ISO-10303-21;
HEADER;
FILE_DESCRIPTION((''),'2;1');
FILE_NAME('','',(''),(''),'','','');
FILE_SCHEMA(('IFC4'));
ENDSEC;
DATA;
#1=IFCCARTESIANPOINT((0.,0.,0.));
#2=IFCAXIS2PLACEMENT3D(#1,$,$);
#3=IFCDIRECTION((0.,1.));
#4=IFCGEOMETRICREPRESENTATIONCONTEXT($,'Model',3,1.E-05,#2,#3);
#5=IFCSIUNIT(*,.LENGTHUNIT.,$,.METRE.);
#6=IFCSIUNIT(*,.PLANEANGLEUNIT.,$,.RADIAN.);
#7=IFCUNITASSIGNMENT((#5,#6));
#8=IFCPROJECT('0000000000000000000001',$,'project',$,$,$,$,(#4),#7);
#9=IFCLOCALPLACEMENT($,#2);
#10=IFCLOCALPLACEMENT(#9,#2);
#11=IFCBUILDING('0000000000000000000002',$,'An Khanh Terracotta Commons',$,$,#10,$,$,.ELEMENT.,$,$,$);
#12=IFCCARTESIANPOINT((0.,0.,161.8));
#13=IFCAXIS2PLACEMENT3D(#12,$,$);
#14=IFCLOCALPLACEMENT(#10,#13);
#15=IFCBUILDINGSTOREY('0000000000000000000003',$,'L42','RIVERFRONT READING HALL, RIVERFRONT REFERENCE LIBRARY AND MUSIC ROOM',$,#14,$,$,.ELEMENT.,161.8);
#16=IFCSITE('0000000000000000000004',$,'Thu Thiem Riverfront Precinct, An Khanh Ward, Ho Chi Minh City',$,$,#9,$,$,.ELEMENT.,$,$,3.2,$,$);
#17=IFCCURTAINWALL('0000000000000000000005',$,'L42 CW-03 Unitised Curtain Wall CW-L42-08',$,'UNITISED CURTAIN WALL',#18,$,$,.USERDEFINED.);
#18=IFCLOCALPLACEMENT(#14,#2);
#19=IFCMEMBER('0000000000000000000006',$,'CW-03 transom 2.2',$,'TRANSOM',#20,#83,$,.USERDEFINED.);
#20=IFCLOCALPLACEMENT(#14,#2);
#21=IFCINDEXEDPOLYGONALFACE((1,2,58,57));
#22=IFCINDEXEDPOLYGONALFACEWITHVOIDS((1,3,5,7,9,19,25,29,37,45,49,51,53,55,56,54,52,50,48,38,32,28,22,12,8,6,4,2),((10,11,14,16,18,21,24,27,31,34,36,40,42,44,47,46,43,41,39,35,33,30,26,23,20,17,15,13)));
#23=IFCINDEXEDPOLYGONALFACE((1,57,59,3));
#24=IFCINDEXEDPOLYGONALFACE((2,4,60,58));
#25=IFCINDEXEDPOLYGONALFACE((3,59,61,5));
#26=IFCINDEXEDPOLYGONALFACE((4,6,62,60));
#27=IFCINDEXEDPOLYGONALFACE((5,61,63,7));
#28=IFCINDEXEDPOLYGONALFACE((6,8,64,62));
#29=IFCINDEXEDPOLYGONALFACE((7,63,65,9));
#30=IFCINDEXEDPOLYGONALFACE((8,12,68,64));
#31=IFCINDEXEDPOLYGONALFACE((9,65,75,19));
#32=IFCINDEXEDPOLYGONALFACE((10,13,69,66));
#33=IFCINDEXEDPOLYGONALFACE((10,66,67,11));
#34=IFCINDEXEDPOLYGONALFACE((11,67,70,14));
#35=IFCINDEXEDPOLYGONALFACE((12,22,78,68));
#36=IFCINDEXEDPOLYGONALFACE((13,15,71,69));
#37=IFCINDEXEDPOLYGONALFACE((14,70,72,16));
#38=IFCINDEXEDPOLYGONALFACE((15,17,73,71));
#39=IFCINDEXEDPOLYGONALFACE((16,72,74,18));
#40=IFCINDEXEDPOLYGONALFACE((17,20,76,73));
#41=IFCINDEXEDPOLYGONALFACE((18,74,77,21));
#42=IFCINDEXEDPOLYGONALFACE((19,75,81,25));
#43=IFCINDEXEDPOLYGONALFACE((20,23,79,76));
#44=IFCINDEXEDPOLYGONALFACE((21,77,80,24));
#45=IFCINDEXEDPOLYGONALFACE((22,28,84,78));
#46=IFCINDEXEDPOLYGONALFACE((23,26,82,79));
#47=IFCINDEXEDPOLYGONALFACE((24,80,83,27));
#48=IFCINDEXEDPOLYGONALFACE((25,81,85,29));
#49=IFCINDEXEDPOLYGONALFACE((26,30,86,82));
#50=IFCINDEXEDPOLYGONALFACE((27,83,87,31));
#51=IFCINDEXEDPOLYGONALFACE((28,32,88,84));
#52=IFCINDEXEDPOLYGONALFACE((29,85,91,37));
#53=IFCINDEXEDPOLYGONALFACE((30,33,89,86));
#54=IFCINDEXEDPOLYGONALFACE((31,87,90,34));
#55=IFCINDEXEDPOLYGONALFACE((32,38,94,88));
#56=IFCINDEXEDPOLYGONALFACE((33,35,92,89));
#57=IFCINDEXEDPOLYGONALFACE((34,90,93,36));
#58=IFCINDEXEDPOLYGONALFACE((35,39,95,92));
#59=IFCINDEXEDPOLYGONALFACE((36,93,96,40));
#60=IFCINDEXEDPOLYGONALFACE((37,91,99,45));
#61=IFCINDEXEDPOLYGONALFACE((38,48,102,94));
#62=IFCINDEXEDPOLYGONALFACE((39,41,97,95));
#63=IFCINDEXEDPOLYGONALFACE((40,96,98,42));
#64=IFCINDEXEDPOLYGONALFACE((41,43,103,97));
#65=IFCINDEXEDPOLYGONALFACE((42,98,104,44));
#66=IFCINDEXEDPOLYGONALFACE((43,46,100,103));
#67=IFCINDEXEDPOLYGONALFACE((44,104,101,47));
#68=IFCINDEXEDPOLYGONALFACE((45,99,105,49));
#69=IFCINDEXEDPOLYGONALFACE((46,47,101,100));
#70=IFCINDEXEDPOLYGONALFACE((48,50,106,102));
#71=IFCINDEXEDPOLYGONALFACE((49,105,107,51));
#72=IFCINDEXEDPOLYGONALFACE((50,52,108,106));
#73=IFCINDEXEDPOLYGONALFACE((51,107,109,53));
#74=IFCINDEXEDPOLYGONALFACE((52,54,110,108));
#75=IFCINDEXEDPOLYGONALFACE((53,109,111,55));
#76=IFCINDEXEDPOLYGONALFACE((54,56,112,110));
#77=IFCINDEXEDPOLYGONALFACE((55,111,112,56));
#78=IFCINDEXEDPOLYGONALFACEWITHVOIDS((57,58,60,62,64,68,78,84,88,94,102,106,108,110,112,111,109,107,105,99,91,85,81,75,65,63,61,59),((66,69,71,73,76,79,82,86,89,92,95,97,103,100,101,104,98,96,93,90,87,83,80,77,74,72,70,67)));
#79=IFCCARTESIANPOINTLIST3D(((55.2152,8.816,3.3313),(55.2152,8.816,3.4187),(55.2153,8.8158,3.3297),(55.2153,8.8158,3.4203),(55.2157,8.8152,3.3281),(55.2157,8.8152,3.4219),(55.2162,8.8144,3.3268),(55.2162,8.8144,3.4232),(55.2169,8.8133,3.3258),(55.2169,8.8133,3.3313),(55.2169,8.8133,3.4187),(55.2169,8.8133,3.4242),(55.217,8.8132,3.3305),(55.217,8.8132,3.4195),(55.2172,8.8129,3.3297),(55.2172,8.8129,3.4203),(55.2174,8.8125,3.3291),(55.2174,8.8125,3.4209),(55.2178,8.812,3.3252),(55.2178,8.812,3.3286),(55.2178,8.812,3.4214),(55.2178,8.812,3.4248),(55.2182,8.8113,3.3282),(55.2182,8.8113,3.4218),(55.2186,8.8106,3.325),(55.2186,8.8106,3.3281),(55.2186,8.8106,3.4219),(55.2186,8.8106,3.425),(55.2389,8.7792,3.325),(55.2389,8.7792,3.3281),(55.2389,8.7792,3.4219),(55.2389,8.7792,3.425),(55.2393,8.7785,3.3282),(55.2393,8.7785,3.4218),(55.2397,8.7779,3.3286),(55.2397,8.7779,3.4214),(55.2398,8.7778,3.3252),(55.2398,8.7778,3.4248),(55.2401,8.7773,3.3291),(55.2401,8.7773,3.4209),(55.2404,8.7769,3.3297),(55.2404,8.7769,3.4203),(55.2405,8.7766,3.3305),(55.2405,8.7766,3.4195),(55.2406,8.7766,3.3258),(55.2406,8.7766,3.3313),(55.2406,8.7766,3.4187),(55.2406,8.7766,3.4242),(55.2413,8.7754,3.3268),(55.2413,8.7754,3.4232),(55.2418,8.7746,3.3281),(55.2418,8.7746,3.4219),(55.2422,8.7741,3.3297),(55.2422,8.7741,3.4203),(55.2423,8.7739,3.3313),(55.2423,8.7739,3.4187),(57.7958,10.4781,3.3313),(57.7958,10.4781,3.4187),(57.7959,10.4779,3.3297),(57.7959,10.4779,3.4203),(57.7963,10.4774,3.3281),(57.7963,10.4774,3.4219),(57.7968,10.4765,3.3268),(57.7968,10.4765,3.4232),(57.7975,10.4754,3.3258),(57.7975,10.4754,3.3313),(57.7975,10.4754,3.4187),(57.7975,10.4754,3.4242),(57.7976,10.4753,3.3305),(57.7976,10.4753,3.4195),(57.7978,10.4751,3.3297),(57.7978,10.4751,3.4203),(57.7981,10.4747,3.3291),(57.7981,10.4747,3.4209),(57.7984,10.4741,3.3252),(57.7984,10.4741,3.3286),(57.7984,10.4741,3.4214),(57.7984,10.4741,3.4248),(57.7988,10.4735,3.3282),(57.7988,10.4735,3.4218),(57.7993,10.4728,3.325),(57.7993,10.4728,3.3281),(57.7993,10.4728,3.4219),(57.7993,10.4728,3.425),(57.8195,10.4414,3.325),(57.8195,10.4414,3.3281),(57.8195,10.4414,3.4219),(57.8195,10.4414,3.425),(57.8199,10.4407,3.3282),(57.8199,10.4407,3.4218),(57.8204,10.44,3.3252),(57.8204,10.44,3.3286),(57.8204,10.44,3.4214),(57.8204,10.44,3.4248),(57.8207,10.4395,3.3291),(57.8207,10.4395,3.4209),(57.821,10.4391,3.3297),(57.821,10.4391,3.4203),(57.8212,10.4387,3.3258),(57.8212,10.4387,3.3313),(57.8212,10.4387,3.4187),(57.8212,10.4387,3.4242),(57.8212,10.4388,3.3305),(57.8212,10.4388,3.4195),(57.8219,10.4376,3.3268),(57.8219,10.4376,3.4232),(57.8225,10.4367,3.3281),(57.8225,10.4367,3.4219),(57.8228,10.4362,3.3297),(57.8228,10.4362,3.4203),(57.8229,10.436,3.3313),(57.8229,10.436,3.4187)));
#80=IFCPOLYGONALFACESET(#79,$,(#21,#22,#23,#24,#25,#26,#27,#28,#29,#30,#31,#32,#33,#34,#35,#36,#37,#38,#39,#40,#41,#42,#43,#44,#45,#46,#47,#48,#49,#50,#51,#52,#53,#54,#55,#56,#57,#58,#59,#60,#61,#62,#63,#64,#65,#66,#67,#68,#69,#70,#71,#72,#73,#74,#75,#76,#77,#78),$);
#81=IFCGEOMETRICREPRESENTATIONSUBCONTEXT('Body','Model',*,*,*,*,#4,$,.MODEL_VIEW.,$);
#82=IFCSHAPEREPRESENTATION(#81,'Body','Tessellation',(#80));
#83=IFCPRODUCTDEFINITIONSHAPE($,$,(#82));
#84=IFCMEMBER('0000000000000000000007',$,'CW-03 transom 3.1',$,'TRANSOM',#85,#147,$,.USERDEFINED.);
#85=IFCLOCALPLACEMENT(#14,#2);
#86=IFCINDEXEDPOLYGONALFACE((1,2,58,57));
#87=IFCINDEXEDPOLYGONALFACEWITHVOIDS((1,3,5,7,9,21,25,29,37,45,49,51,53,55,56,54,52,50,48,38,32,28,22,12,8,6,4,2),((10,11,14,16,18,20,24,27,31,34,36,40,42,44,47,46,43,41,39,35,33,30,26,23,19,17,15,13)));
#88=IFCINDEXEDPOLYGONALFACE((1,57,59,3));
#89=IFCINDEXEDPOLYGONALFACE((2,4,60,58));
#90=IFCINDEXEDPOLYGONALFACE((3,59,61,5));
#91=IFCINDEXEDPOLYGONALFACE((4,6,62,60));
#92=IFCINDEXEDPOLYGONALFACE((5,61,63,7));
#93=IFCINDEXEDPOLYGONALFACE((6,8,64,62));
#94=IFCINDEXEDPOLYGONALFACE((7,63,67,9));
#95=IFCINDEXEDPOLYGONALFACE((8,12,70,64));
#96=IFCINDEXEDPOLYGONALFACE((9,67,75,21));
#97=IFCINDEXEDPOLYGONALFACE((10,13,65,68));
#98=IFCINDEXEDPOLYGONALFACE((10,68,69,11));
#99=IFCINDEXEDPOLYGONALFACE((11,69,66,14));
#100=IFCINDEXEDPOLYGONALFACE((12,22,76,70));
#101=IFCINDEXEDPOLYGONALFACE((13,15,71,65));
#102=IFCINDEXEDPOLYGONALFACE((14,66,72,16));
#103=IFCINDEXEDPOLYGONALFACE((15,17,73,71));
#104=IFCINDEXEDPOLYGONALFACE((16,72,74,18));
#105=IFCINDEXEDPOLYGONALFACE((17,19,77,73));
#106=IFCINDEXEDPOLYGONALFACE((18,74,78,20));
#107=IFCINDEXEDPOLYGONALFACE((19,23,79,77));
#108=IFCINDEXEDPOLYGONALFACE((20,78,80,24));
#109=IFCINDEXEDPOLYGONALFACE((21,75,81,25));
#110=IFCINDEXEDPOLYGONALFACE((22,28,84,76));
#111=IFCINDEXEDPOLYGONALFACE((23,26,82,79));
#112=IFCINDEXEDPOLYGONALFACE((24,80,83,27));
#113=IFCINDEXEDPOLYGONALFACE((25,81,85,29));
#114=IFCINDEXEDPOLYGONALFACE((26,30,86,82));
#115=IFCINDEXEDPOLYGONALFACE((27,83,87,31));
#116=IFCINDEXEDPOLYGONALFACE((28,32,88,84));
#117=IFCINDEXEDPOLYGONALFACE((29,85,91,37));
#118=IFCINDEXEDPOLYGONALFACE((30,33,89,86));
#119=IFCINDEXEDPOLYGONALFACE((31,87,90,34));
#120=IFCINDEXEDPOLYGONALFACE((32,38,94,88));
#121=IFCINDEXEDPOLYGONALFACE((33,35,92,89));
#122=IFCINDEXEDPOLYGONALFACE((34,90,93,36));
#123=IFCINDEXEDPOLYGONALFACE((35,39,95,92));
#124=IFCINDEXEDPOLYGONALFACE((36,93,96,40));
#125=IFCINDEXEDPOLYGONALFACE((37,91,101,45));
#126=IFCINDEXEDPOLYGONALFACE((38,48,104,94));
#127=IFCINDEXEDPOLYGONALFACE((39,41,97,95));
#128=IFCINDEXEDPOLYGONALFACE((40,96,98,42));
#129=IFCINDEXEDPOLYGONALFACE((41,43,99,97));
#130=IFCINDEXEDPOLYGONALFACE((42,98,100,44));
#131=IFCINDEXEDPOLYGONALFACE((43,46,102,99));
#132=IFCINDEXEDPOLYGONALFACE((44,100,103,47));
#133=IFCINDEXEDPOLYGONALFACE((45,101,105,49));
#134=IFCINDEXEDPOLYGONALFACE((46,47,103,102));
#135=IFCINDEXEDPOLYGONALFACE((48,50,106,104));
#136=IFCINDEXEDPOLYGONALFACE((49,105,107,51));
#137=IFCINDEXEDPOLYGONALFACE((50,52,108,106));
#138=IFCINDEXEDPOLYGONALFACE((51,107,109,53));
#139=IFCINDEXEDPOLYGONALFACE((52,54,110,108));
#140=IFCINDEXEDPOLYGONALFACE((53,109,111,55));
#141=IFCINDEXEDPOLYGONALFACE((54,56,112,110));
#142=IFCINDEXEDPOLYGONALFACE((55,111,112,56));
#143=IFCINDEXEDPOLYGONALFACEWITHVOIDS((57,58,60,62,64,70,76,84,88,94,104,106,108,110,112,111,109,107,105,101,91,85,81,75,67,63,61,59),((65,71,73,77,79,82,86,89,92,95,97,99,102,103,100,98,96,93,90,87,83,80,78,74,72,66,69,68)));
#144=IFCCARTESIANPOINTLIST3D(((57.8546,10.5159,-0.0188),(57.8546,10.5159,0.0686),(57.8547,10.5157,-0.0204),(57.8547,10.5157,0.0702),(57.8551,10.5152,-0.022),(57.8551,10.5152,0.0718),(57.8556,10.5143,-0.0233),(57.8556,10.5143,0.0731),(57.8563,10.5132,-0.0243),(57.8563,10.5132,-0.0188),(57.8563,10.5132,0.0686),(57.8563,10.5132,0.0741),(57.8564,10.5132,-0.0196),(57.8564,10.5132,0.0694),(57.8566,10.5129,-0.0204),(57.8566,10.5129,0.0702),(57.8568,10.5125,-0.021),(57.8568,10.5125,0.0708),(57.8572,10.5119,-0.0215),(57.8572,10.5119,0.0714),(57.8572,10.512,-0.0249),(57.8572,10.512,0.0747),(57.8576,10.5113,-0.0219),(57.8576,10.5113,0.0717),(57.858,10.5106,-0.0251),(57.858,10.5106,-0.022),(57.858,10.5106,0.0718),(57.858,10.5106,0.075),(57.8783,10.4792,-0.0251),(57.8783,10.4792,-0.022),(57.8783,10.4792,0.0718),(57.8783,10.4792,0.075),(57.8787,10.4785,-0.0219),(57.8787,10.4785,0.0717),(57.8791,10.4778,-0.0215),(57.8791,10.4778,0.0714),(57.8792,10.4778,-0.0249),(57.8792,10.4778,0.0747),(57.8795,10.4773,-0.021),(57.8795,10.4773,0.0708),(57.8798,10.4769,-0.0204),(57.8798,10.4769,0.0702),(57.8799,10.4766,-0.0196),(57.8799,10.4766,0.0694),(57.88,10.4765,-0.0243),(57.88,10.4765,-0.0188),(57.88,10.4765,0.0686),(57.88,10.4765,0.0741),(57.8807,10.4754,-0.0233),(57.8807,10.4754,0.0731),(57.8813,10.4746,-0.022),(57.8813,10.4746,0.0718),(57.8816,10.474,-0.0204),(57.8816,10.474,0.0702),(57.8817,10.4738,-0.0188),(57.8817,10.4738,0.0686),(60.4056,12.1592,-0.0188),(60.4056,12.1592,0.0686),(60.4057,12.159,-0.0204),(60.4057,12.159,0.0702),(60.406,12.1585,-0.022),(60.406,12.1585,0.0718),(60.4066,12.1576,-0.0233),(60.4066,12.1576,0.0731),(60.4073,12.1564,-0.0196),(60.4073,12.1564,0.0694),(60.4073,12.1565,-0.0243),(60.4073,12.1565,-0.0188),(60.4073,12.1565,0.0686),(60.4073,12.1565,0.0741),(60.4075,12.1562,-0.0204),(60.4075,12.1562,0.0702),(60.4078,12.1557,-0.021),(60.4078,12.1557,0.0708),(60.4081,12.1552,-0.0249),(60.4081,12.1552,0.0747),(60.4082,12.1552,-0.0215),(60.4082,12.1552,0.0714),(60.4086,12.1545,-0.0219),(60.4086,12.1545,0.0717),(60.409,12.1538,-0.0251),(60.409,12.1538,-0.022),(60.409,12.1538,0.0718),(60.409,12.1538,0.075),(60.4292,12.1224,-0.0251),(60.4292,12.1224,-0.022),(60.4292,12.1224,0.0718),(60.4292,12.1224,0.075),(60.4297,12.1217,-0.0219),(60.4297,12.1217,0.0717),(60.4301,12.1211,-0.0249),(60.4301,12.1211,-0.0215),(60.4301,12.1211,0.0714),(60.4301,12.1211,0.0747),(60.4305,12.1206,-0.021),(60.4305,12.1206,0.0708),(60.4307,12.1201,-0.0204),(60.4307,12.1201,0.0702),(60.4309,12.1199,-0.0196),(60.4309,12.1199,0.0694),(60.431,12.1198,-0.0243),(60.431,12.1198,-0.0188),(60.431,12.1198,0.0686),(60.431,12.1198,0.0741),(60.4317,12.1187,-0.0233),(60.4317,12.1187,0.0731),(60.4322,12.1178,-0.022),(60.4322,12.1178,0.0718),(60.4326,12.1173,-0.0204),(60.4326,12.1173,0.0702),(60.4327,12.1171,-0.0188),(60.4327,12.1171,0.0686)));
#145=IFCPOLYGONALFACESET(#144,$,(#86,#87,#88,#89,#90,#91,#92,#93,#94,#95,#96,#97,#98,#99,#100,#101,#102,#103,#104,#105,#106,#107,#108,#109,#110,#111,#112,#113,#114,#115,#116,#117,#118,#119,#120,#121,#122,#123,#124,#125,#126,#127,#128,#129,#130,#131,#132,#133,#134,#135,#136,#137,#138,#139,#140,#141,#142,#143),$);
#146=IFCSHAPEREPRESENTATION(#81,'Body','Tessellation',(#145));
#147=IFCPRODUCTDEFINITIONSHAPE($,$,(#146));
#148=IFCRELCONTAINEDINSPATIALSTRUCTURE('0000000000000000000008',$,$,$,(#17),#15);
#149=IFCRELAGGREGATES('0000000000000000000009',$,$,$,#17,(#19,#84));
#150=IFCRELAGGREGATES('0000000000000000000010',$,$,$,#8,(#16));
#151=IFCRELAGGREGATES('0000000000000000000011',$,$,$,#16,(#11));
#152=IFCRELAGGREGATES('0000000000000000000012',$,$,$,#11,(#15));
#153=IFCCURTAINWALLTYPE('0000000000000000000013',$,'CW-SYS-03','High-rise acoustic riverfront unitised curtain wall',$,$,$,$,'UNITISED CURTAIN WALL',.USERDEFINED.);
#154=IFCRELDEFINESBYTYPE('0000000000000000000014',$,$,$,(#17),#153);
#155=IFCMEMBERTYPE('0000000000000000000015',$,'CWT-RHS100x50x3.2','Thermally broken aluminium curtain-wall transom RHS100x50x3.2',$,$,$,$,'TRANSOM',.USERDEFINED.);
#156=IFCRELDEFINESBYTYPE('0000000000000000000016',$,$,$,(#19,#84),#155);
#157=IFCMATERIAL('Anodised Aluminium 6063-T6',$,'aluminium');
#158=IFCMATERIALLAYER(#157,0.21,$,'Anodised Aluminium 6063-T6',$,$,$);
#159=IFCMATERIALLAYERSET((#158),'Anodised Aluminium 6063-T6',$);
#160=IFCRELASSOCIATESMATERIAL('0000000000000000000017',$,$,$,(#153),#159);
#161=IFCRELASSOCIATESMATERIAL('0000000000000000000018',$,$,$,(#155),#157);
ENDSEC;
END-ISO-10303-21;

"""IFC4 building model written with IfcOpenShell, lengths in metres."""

from ifc_helpers import new_model, si_unit, direction, frame, origin, origin_2d, place, context, subcontext, project, spatial, hollow_rectangle, extrude, material, layer, layer_set, material_profile, profile_set, type_object, element, aggregate, save


model = new_model("IFC4")

# Units and contexts
model_context = context("Model", 3, precision=1e-05, world=origin(), true_north=direction((0.0, 1.0)))
body_context = subcontext(model_context, "Body", "Model", "MODEL_VIEW")
ifc_project = project(units=[si_unit("LENGTHUNIT", "METRE"), si_unit("PLANEANGLEUNIT", "RADIAN")], contexts=[model_context])

# Site, building, storey
site_placement = place(None, origin())
site = spatial("IfcSite", under=ifc_project, at=site_placement, Name="Thu Thiem Riverfront Precinct, An Khanh Ward, Ho Chi Minh City", CompositionType="ELEMENT", RefElevation=3.2)
building_placement = place(site_placement, origin())
building = spatial("IfcBuilding", under=site, at=building_placement, Name="An Khanh Terracotta Commons", CompositionType="ELEMENT")
storey_placement = place(building_placement, frame((0.0, 0.0, 161.8)))
storey = spatial("IfcBuildingStorey", under=building, at=storey_placement, Name="L42", Description="RIVERFRONT READING HALL, RIVERFRONT REFERENCE LIBRARY AND MUSIC ROOM", CompositionType="ELEMENT", Elevation=161.8)

# Shared definitions
ifc_material_1 = material(Name="Anodised Aluminium 6063-T6", Category="aluminium")

# Curtain wall, members
ifc_layer_1 = layer(ifc_material_1, 0.21, Name="Anodised Aluminium 6063-T6")
ifc_layer_set_1 = layer_set([ifc_layer_1], Name="Anodised Aluminium 6063-T6")
curtain_wall_type_1 = type_object("IfcCurtainWallType", Name="CW-SYS-03", Description="High-rise acoustic riverfront unitised curtain wall", ElementType="UNITISED CURTAIN WALL", PredefinedType="USERDEFINED", material=ifc_layer_set_1)
curtain_wall_1_placement = place(storey_placement, origin())
curtain_wall_1 = element("IfcCurtainWall", 1, at=curtain_wall_1_placement, inside=storey, type_object=curtain_wall_type_1, Name="L42 CW-03 Unitised Curtain Wall CW-L42-08", ObjectType="UNITISED CURTAIN WALL", PredefinedType="USERDEFINED")
ifc_material_profile_1 = material_profile(ifc_material_1, hollow_rectangle(XDim=0.05, YDim=0.1001, WallThickness=0.0032, InnerFilletRadius=0.0032, OuterFilletRadius=0.0063, at=origin_2d()), Name="RHS100x50x3.2")
ifc_profile_set_1 = profile_set([ifc_material_profile_1], Name="Anodised Aluminium 6063-T6")
member_type_1 = type_object("IfcMemberType", Name="CWT-RHS100x50x3.2", Description="Thermally broken aluminium curtain-wall transom RHS100x50x3.2", ElementType="TRANSOM", PredefinedType="USERDEFINED", material=ifc_profile_set_1)
member_1_placement = place(storey_placement, frame((55.2288, 8.7949, 3.375), z_axis=(0.840708, 0.541489, 0.0), x_axis=(-0.541489, 0.840708, 0.0)))
member_1 = element("IfcMember", 2, at=member_1_placement, type_object=member_type_1, Name="CW-03 transom 2.2", ObjectType="TRANSOM", PredefinedType="USERDEFINED", context=body_context, shape_type="SweptSolid", body=[
    extrude(hollow_rectangle(XDim=0.05, YDim=0.1001, WallThickness=0.0032, InnerFilletRadius=0.0032, OuterFilletRadius=0.0063, at=origin_2d()), origin(), (0.0, 0.0, 1.0), 3.0696),
])
member_2_placement = place(storey_placement, frame((57.8682, 10.4949, 0.0249), z_axis=(0.840674, 0.541542, 0.0), x_axis=(-0.541542, 0.840674, 0.0)))
member_2 = element("IfcMember", 3, at=member_2_placement, type_object=member_type_1, Name="CW-03 transom 3.1", ObjectType="TRANSOM", PredefinedType="USERDEFINED", context=body_context, shape_type="SweptSolid", body=[
    extrude(hollow_rectangle(XDim=0.05, YDim=0.1001, WallThickness=0.0032, InnerFilletRadius=0.0032, OuterFilletRadius=0.0063, at=origin_2d()), origin(), (0.0, 0.0, 1.0), 3.0344),
])

aggregate(curtain_wall_1, [member_1, member_2])

save(model, "model.ifc")
